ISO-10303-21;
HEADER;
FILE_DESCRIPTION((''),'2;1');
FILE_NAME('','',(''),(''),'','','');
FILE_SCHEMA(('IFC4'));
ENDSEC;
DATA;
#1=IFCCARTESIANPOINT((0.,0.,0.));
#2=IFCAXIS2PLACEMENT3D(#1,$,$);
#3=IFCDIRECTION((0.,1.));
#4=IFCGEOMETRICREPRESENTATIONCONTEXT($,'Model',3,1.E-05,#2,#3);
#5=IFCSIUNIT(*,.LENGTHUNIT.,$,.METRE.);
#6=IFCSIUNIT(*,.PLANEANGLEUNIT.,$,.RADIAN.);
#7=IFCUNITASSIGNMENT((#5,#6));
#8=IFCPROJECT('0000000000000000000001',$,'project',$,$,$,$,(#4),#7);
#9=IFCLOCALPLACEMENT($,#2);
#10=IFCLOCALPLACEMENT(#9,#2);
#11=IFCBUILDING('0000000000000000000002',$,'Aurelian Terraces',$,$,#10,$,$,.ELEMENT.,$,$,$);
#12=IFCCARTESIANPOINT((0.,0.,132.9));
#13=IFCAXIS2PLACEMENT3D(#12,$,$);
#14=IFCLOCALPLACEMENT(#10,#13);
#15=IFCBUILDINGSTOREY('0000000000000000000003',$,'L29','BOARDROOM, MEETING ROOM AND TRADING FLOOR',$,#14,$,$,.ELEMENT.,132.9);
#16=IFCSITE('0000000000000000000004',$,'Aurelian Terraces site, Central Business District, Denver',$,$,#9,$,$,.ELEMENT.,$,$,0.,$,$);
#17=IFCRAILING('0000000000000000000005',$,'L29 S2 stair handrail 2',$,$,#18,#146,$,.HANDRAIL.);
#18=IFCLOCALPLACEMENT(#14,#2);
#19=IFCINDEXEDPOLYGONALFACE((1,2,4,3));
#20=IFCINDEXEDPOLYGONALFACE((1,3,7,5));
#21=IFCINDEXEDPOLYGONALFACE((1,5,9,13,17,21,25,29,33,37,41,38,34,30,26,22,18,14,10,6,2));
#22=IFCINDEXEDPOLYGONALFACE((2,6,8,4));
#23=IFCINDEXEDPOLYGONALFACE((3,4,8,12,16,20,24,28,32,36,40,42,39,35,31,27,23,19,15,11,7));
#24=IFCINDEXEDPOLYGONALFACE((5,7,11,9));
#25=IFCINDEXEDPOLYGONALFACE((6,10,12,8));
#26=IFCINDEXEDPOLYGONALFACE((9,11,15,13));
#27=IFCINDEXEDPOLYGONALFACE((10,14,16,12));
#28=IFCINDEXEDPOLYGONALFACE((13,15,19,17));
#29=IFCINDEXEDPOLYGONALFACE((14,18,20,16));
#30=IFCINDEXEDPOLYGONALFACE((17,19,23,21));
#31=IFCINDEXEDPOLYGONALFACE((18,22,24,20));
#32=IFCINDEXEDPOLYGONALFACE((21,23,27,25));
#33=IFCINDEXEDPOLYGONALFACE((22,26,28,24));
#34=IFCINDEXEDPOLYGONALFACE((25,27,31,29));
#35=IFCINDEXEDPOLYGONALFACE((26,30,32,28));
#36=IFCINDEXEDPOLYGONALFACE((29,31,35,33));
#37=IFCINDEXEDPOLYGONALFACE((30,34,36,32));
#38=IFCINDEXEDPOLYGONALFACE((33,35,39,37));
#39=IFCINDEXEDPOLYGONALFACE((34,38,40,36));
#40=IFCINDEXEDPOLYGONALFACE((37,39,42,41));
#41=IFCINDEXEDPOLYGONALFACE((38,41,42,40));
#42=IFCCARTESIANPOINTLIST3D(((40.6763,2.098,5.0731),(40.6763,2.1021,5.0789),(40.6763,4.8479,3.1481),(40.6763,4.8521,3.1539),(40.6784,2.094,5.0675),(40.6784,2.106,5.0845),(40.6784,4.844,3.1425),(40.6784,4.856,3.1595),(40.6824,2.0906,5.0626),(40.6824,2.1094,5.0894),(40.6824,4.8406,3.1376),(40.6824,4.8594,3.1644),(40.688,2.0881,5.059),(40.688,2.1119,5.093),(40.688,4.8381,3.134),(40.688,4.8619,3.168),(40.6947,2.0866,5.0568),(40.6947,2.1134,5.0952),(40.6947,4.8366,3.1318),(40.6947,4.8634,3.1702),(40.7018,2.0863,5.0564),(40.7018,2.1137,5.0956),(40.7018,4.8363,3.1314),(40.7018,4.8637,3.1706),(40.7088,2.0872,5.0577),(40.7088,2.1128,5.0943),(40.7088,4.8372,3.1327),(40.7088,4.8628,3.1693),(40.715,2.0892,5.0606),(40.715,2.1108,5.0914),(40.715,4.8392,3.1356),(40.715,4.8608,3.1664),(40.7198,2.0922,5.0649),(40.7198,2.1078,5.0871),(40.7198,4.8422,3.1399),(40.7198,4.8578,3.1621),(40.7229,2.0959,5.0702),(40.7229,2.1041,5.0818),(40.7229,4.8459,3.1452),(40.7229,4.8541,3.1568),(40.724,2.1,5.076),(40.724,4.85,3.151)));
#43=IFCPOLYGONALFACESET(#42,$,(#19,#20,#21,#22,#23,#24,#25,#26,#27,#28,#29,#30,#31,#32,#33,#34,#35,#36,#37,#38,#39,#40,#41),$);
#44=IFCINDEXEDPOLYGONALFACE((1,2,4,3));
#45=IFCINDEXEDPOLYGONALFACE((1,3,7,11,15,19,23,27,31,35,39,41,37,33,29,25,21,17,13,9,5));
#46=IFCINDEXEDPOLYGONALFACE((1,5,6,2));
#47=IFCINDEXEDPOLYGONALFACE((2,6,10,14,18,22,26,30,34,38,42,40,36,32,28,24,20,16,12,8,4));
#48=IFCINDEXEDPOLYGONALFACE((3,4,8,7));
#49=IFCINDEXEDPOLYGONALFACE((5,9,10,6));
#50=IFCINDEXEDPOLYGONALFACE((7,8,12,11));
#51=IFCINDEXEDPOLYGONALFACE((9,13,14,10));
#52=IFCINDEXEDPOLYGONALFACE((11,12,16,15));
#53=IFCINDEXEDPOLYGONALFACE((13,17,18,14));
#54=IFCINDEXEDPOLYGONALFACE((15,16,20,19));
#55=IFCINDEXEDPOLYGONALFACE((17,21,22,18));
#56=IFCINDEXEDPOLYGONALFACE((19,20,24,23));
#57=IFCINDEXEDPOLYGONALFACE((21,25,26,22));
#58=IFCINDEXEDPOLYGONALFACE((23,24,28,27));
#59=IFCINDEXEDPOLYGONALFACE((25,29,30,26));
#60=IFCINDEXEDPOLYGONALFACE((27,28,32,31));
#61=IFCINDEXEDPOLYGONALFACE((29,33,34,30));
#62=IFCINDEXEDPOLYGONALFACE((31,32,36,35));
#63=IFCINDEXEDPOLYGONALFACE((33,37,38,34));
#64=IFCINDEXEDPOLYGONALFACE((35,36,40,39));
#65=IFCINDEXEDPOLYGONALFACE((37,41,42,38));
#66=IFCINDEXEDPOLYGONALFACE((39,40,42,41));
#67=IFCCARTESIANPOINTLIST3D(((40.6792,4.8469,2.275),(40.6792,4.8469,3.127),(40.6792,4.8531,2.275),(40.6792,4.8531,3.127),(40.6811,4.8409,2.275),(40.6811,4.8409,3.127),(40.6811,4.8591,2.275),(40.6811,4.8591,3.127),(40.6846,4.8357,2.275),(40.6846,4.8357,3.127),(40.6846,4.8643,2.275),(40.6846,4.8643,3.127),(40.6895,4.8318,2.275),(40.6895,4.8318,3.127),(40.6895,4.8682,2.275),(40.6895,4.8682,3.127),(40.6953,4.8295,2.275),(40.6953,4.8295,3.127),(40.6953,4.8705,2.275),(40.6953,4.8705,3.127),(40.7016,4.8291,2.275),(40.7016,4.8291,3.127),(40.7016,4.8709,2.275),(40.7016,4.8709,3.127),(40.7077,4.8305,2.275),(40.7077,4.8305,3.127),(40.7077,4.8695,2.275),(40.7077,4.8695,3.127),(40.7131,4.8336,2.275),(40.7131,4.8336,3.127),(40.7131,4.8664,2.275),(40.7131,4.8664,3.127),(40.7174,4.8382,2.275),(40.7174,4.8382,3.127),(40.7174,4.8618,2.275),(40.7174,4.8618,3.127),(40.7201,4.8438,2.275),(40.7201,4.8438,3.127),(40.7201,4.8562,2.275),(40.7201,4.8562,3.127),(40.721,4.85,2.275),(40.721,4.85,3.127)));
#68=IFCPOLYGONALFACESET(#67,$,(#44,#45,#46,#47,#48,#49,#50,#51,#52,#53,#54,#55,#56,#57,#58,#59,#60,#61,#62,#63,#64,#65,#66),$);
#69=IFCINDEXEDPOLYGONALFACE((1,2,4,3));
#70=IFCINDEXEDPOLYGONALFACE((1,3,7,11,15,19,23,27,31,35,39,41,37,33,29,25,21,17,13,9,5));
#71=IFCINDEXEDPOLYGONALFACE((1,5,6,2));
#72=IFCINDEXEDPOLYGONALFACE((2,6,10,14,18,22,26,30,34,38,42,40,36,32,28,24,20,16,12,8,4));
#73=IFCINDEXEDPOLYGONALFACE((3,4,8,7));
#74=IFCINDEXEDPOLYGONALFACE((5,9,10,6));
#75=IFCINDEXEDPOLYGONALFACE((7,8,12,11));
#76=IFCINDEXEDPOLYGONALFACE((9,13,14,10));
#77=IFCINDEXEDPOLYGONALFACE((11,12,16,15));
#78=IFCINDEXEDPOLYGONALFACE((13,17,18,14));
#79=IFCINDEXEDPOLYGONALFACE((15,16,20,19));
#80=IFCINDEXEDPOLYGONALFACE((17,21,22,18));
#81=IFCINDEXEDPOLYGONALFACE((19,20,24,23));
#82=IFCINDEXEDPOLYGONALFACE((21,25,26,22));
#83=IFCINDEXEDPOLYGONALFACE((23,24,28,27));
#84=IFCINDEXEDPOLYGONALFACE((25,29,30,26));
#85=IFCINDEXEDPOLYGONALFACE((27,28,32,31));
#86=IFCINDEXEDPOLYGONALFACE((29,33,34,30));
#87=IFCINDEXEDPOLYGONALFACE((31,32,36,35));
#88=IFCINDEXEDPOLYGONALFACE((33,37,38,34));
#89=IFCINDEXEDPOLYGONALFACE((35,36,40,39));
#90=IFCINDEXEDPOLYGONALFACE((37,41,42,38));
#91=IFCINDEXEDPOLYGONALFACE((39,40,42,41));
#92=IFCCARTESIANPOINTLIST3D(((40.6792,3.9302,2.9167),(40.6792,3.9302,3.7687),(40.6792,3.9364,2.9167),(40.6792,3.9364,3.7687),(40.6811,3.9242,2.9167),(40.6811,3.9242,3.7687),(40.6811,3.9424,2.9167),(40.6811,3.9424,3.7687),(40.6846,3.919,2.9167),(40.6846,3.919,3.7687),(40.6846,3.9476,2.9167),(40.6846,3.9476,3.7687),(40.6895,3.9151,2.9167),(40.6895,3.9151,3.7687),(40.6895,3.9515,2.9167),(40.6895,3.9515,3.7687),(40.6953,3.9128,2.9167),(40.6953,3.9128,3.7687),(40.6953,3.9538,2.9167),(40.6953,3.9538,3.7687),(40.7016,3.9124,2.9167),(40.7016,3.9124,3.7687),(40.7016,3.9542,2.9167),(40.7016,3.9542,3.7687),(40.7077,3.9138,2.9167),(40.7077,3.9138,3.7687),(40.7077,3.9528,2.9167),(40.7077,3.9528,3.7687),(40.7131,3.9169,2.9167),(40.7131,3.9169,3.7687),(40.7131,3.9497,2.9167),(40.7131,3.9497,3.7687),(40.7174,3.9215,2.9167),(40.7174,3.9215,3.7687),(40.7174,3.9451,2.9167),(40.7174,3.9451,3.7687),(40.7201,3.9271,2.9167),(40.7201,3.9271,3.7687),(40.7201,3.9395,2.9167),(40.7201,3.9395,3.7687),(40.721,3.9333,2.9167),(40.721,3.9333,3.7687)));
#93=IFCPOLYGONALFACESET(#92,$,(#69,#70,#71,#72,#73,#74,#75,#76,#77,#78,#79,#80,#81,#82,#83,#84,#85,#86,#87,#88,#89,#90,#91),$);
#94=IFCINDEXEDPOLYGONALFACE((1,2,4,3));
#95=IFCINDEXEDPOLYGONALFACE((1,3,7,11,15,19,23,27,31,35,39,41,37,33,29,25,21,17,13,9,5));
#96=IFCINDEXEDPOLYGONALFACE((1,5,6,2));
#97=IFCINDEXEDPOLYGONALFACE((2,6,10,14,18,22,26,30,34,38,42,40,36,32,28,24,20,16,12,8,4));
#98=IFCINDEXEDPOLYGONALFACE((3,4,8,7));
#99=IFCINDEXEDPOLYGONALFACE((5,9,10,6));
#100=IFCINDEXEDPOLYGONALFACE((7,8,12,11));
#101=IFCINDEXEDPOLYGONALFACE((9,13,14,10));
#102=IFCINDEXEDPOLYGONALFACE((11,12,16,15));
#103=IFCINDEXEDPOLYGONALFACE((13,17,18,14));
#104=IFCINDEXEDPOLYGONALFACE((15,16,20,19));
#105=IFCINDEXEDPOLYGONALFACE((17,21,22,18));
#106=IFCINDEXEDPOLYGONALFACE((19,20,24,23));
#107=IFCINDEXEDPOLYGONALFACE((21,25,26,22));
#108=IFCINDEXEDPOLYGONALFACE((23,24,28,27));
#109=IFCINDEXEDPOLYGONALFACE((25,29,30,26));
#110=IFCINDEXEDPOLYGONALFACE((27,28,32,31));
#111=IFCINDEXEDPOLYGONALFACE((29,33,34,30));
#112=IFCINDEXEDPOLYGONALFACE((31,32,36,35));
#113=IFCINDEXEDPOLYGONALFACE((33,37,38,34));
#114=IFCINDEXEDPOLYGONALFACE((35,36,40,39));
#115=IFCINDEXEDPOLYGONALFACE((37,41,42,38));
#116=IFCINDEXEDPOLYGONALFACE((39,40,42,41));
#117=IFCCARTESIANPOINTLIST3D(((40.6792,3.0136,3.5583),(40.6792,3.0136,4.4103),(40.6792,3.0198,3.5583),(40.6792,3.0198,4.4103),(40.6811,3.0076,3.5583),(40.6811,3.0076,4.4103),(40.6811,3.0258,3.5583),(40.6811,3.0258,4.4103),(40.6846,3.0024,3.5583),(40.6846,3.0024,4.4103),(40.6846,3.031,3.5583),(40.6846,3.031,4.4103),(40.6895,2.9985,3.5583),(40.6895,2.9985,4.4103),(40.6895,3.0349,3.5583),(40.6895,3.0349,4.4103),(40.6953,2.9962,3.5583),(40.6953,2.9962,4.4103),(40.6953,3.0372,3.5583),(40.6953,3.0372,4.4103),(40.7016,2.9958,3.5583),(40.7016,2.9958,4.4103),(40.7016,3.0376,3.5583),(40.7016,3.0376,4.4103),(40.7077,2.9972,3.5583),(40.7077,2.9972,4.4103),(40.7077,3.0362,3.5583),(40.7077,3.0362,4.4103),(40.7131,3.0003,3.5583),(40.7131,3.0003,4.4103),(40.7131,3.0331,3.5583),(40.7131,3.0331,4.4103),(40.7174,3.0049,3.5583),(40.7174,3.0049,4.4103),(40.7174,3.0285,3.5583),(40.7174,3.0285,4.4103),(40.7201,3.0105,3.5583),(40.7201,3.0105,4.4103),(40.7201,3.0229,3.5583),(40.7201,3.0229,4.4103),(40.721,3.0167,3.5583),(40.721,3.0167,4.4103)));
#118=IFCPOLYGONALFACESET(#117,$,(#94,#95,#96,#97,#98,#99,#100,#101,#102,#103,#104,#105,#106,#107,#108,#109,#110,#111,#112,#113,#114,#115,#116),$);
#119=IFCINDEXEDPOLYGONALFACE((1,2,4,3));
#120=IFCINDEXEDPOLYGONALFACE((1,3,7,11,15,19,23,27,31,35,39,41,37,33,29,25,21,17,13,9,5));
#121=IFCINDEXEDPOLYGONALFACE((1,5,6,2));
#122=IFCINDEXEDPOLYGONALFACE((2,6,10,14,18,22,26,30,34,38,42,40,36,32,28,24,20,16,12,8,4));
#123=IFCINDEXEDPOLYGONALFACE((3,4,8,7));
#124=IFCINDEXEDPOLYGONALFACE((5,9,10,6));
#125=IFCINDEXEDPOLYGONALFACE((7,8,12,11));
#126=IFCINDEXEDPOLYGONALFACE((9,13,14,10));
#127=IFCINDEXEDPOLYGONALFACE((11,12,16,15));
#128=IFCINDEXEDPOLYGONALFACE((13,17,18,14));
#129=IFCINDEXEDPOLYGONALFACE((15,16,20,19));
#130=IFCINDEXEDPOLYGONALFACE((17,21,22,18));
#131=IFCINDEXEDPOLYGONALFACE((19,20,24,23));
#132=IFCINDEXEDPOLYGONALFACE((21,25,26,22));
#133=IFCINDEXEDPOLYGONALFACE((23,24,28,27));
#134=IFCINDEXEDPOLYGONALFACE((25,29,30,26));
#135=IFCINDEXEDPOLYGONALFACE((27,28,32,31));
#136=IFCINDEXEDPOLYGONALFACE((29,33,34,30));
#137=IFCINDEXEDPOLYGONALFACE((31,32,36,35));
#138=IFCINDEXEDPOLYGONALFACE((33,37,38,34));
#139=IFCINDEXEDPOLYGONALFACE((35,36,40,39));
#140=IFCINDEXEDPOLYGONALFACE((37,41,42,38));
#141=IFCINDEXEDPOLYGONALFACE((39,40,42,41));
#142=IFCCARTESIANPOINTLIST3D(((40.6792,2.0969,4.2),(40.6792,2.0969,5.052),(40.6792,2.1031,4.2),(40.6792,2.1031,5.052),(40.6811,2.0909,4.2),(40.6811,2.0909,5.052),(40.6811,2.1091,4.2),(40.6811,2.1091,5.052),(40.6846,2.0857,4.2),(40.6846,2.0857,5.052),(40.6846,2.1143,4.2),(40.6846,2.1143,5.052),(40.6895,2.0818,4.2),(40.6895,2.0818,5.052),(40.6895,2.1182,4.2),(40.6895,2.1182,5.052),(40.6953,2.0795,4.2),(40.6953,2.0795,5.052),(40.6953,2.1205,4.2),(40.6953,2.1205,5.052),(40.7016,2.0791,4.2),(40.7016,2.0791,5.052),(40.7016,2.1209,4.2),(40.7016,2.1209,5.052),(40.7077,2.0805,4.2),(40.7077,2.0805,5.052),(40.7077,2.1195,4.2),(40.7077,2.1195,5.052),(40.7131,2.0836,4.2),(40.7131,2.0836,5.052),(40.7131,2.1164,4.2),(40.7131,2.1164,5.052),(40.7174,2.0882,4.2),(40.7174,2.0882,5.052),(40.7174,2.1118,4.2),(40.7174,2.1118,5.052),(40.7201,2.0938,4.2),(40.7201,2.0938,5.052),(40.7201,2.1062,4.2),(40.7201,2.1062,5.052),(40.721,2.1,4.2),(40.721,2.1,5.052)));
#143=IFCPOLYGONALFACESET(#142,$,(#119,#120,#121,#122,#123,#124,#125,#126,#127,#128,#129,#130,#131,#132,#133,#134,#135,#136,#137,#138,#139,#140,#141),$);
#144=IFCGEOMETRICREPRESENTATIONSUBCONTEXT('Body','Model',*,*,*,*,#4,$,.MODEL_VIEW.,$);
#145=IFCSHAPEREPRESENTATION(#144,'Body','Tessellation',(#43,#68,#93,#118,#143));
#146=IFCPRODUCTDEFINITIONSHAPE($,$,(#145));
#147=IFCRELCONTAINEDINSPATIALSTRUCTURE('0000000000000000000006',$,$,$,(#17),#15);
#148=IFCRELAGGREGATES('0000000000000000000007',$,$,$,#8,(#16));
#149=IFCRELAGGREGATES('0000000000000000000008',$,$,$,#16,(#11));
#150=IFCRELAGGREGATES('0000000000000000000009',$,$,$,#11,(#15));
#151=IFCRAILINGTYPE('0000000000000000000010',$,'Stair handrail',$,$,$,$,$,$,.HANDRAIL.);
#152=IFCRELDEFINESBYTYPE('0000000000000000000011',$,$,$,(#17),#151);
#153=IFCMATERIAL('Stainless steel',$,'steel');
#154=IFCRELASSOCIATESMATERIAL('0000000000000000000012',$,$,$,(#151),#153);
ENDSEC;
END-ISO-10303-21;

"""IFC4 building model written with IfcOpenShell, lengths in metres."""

from ifc_helpers import new_model, si_unit, direction, frame, origin, origin_2d, place, context, subcontext, project, spatial, circle, extrude, source, transform, mapped, material, type_object, element, save


model = new_model("IFC4")

# Units and contexts
model_context = context("Model", 3, precision=1e-05, world=origin(), true_north=direction((0.0, 1.0)))
body_context = subcontext(model_context, "Body", "Model", "MODEL_VIEW")
ifc_project = project(units=[si_unit("LENGTHUNIT", "METRE"), si_unit("PLANEANGLEUNIT", "RADIAN")], contexts=[model_context])

# Site, building, storey
site_placement = place(None, origin())
site = spatial("IfcSite", under=ifc_project, at=site_placement, Name="Aurelian Terraces site, Central Business District, Denver", CompositionType="ELEMENT", RefElevation=0.0)
building_placement = place(site_placement, origin())
building = spatial("IfcBuilding", under=site, at=building_placement, Name="Aurelian Terraces", CompositionType="ELEMENT")
storey_placement = place(building_placement, frame((0.0, 0.0, 132.9)))
storey = spatial("IfcBuildingStorey", under=building, at=storey_placement, Name="L29", Description="BOARDROOM, MEETING ROOM AND TRADING FLOOR", CompositionType="ELEMENT", Elevation=132.9)

# Railing
ifc_material_1 = material(Name="Stainless steel", Category="steel")
railing_type_1 = type_object("IfcRailingType", Name="Stair handrail", PredefinedType="HANDRAIL", material=ifc_material_1)
shared_shape_1 = source(origin(), body_context, "Body", "SweptSolid", [
    extrude(circle(Radius=0.024, at=origin_2d()), frame((0.0, 0.0, 0.876), z_axis=(0.0, -0.819232, 0.573462), x_axis=(1.0, 0.0, 0.0)), (0.0, 0.0, 1.0), 3.3568),
    extrude(circle(Radius=0.021, at=origin_2d()), origin(), (0.0, 0.0, 1.0), 0.852),
    extrude(circle(Radius=0.021, at=origin_2d()), frame((0.0, -0.9167, 0.6417)), (0.0, 0.0, 1.0), 0.852),
    extrude(circle(Radius=0.021, at=origin_2d()), frame((0.0, -1.8333, 1.2833)), (0.0, 0.0, 1.0), 0.852),
    extrude(circle(Radius=0.021, at=origin_2d()), frame((0.0, -2.75, 1.925)), (0.0, 0.0, 1.0), 0.852),
])
railing_1_placement = place(storey_placement, frame((40.7, 4.85, 2.275)))
element("IfcRailing", 1, at=railing_1_placement, inside=storey, type_object=railing_type_1, Name="L29 S2 stair handrail 2", PredefinedType="HANDRAIL", context=body_context, shape_type="MappedRepresentation", body=[
    mapped(shared_shape_1, transform((0.0, 0.0, 0.0), scale=1.0)),
])

save(model, "model.ifc")
